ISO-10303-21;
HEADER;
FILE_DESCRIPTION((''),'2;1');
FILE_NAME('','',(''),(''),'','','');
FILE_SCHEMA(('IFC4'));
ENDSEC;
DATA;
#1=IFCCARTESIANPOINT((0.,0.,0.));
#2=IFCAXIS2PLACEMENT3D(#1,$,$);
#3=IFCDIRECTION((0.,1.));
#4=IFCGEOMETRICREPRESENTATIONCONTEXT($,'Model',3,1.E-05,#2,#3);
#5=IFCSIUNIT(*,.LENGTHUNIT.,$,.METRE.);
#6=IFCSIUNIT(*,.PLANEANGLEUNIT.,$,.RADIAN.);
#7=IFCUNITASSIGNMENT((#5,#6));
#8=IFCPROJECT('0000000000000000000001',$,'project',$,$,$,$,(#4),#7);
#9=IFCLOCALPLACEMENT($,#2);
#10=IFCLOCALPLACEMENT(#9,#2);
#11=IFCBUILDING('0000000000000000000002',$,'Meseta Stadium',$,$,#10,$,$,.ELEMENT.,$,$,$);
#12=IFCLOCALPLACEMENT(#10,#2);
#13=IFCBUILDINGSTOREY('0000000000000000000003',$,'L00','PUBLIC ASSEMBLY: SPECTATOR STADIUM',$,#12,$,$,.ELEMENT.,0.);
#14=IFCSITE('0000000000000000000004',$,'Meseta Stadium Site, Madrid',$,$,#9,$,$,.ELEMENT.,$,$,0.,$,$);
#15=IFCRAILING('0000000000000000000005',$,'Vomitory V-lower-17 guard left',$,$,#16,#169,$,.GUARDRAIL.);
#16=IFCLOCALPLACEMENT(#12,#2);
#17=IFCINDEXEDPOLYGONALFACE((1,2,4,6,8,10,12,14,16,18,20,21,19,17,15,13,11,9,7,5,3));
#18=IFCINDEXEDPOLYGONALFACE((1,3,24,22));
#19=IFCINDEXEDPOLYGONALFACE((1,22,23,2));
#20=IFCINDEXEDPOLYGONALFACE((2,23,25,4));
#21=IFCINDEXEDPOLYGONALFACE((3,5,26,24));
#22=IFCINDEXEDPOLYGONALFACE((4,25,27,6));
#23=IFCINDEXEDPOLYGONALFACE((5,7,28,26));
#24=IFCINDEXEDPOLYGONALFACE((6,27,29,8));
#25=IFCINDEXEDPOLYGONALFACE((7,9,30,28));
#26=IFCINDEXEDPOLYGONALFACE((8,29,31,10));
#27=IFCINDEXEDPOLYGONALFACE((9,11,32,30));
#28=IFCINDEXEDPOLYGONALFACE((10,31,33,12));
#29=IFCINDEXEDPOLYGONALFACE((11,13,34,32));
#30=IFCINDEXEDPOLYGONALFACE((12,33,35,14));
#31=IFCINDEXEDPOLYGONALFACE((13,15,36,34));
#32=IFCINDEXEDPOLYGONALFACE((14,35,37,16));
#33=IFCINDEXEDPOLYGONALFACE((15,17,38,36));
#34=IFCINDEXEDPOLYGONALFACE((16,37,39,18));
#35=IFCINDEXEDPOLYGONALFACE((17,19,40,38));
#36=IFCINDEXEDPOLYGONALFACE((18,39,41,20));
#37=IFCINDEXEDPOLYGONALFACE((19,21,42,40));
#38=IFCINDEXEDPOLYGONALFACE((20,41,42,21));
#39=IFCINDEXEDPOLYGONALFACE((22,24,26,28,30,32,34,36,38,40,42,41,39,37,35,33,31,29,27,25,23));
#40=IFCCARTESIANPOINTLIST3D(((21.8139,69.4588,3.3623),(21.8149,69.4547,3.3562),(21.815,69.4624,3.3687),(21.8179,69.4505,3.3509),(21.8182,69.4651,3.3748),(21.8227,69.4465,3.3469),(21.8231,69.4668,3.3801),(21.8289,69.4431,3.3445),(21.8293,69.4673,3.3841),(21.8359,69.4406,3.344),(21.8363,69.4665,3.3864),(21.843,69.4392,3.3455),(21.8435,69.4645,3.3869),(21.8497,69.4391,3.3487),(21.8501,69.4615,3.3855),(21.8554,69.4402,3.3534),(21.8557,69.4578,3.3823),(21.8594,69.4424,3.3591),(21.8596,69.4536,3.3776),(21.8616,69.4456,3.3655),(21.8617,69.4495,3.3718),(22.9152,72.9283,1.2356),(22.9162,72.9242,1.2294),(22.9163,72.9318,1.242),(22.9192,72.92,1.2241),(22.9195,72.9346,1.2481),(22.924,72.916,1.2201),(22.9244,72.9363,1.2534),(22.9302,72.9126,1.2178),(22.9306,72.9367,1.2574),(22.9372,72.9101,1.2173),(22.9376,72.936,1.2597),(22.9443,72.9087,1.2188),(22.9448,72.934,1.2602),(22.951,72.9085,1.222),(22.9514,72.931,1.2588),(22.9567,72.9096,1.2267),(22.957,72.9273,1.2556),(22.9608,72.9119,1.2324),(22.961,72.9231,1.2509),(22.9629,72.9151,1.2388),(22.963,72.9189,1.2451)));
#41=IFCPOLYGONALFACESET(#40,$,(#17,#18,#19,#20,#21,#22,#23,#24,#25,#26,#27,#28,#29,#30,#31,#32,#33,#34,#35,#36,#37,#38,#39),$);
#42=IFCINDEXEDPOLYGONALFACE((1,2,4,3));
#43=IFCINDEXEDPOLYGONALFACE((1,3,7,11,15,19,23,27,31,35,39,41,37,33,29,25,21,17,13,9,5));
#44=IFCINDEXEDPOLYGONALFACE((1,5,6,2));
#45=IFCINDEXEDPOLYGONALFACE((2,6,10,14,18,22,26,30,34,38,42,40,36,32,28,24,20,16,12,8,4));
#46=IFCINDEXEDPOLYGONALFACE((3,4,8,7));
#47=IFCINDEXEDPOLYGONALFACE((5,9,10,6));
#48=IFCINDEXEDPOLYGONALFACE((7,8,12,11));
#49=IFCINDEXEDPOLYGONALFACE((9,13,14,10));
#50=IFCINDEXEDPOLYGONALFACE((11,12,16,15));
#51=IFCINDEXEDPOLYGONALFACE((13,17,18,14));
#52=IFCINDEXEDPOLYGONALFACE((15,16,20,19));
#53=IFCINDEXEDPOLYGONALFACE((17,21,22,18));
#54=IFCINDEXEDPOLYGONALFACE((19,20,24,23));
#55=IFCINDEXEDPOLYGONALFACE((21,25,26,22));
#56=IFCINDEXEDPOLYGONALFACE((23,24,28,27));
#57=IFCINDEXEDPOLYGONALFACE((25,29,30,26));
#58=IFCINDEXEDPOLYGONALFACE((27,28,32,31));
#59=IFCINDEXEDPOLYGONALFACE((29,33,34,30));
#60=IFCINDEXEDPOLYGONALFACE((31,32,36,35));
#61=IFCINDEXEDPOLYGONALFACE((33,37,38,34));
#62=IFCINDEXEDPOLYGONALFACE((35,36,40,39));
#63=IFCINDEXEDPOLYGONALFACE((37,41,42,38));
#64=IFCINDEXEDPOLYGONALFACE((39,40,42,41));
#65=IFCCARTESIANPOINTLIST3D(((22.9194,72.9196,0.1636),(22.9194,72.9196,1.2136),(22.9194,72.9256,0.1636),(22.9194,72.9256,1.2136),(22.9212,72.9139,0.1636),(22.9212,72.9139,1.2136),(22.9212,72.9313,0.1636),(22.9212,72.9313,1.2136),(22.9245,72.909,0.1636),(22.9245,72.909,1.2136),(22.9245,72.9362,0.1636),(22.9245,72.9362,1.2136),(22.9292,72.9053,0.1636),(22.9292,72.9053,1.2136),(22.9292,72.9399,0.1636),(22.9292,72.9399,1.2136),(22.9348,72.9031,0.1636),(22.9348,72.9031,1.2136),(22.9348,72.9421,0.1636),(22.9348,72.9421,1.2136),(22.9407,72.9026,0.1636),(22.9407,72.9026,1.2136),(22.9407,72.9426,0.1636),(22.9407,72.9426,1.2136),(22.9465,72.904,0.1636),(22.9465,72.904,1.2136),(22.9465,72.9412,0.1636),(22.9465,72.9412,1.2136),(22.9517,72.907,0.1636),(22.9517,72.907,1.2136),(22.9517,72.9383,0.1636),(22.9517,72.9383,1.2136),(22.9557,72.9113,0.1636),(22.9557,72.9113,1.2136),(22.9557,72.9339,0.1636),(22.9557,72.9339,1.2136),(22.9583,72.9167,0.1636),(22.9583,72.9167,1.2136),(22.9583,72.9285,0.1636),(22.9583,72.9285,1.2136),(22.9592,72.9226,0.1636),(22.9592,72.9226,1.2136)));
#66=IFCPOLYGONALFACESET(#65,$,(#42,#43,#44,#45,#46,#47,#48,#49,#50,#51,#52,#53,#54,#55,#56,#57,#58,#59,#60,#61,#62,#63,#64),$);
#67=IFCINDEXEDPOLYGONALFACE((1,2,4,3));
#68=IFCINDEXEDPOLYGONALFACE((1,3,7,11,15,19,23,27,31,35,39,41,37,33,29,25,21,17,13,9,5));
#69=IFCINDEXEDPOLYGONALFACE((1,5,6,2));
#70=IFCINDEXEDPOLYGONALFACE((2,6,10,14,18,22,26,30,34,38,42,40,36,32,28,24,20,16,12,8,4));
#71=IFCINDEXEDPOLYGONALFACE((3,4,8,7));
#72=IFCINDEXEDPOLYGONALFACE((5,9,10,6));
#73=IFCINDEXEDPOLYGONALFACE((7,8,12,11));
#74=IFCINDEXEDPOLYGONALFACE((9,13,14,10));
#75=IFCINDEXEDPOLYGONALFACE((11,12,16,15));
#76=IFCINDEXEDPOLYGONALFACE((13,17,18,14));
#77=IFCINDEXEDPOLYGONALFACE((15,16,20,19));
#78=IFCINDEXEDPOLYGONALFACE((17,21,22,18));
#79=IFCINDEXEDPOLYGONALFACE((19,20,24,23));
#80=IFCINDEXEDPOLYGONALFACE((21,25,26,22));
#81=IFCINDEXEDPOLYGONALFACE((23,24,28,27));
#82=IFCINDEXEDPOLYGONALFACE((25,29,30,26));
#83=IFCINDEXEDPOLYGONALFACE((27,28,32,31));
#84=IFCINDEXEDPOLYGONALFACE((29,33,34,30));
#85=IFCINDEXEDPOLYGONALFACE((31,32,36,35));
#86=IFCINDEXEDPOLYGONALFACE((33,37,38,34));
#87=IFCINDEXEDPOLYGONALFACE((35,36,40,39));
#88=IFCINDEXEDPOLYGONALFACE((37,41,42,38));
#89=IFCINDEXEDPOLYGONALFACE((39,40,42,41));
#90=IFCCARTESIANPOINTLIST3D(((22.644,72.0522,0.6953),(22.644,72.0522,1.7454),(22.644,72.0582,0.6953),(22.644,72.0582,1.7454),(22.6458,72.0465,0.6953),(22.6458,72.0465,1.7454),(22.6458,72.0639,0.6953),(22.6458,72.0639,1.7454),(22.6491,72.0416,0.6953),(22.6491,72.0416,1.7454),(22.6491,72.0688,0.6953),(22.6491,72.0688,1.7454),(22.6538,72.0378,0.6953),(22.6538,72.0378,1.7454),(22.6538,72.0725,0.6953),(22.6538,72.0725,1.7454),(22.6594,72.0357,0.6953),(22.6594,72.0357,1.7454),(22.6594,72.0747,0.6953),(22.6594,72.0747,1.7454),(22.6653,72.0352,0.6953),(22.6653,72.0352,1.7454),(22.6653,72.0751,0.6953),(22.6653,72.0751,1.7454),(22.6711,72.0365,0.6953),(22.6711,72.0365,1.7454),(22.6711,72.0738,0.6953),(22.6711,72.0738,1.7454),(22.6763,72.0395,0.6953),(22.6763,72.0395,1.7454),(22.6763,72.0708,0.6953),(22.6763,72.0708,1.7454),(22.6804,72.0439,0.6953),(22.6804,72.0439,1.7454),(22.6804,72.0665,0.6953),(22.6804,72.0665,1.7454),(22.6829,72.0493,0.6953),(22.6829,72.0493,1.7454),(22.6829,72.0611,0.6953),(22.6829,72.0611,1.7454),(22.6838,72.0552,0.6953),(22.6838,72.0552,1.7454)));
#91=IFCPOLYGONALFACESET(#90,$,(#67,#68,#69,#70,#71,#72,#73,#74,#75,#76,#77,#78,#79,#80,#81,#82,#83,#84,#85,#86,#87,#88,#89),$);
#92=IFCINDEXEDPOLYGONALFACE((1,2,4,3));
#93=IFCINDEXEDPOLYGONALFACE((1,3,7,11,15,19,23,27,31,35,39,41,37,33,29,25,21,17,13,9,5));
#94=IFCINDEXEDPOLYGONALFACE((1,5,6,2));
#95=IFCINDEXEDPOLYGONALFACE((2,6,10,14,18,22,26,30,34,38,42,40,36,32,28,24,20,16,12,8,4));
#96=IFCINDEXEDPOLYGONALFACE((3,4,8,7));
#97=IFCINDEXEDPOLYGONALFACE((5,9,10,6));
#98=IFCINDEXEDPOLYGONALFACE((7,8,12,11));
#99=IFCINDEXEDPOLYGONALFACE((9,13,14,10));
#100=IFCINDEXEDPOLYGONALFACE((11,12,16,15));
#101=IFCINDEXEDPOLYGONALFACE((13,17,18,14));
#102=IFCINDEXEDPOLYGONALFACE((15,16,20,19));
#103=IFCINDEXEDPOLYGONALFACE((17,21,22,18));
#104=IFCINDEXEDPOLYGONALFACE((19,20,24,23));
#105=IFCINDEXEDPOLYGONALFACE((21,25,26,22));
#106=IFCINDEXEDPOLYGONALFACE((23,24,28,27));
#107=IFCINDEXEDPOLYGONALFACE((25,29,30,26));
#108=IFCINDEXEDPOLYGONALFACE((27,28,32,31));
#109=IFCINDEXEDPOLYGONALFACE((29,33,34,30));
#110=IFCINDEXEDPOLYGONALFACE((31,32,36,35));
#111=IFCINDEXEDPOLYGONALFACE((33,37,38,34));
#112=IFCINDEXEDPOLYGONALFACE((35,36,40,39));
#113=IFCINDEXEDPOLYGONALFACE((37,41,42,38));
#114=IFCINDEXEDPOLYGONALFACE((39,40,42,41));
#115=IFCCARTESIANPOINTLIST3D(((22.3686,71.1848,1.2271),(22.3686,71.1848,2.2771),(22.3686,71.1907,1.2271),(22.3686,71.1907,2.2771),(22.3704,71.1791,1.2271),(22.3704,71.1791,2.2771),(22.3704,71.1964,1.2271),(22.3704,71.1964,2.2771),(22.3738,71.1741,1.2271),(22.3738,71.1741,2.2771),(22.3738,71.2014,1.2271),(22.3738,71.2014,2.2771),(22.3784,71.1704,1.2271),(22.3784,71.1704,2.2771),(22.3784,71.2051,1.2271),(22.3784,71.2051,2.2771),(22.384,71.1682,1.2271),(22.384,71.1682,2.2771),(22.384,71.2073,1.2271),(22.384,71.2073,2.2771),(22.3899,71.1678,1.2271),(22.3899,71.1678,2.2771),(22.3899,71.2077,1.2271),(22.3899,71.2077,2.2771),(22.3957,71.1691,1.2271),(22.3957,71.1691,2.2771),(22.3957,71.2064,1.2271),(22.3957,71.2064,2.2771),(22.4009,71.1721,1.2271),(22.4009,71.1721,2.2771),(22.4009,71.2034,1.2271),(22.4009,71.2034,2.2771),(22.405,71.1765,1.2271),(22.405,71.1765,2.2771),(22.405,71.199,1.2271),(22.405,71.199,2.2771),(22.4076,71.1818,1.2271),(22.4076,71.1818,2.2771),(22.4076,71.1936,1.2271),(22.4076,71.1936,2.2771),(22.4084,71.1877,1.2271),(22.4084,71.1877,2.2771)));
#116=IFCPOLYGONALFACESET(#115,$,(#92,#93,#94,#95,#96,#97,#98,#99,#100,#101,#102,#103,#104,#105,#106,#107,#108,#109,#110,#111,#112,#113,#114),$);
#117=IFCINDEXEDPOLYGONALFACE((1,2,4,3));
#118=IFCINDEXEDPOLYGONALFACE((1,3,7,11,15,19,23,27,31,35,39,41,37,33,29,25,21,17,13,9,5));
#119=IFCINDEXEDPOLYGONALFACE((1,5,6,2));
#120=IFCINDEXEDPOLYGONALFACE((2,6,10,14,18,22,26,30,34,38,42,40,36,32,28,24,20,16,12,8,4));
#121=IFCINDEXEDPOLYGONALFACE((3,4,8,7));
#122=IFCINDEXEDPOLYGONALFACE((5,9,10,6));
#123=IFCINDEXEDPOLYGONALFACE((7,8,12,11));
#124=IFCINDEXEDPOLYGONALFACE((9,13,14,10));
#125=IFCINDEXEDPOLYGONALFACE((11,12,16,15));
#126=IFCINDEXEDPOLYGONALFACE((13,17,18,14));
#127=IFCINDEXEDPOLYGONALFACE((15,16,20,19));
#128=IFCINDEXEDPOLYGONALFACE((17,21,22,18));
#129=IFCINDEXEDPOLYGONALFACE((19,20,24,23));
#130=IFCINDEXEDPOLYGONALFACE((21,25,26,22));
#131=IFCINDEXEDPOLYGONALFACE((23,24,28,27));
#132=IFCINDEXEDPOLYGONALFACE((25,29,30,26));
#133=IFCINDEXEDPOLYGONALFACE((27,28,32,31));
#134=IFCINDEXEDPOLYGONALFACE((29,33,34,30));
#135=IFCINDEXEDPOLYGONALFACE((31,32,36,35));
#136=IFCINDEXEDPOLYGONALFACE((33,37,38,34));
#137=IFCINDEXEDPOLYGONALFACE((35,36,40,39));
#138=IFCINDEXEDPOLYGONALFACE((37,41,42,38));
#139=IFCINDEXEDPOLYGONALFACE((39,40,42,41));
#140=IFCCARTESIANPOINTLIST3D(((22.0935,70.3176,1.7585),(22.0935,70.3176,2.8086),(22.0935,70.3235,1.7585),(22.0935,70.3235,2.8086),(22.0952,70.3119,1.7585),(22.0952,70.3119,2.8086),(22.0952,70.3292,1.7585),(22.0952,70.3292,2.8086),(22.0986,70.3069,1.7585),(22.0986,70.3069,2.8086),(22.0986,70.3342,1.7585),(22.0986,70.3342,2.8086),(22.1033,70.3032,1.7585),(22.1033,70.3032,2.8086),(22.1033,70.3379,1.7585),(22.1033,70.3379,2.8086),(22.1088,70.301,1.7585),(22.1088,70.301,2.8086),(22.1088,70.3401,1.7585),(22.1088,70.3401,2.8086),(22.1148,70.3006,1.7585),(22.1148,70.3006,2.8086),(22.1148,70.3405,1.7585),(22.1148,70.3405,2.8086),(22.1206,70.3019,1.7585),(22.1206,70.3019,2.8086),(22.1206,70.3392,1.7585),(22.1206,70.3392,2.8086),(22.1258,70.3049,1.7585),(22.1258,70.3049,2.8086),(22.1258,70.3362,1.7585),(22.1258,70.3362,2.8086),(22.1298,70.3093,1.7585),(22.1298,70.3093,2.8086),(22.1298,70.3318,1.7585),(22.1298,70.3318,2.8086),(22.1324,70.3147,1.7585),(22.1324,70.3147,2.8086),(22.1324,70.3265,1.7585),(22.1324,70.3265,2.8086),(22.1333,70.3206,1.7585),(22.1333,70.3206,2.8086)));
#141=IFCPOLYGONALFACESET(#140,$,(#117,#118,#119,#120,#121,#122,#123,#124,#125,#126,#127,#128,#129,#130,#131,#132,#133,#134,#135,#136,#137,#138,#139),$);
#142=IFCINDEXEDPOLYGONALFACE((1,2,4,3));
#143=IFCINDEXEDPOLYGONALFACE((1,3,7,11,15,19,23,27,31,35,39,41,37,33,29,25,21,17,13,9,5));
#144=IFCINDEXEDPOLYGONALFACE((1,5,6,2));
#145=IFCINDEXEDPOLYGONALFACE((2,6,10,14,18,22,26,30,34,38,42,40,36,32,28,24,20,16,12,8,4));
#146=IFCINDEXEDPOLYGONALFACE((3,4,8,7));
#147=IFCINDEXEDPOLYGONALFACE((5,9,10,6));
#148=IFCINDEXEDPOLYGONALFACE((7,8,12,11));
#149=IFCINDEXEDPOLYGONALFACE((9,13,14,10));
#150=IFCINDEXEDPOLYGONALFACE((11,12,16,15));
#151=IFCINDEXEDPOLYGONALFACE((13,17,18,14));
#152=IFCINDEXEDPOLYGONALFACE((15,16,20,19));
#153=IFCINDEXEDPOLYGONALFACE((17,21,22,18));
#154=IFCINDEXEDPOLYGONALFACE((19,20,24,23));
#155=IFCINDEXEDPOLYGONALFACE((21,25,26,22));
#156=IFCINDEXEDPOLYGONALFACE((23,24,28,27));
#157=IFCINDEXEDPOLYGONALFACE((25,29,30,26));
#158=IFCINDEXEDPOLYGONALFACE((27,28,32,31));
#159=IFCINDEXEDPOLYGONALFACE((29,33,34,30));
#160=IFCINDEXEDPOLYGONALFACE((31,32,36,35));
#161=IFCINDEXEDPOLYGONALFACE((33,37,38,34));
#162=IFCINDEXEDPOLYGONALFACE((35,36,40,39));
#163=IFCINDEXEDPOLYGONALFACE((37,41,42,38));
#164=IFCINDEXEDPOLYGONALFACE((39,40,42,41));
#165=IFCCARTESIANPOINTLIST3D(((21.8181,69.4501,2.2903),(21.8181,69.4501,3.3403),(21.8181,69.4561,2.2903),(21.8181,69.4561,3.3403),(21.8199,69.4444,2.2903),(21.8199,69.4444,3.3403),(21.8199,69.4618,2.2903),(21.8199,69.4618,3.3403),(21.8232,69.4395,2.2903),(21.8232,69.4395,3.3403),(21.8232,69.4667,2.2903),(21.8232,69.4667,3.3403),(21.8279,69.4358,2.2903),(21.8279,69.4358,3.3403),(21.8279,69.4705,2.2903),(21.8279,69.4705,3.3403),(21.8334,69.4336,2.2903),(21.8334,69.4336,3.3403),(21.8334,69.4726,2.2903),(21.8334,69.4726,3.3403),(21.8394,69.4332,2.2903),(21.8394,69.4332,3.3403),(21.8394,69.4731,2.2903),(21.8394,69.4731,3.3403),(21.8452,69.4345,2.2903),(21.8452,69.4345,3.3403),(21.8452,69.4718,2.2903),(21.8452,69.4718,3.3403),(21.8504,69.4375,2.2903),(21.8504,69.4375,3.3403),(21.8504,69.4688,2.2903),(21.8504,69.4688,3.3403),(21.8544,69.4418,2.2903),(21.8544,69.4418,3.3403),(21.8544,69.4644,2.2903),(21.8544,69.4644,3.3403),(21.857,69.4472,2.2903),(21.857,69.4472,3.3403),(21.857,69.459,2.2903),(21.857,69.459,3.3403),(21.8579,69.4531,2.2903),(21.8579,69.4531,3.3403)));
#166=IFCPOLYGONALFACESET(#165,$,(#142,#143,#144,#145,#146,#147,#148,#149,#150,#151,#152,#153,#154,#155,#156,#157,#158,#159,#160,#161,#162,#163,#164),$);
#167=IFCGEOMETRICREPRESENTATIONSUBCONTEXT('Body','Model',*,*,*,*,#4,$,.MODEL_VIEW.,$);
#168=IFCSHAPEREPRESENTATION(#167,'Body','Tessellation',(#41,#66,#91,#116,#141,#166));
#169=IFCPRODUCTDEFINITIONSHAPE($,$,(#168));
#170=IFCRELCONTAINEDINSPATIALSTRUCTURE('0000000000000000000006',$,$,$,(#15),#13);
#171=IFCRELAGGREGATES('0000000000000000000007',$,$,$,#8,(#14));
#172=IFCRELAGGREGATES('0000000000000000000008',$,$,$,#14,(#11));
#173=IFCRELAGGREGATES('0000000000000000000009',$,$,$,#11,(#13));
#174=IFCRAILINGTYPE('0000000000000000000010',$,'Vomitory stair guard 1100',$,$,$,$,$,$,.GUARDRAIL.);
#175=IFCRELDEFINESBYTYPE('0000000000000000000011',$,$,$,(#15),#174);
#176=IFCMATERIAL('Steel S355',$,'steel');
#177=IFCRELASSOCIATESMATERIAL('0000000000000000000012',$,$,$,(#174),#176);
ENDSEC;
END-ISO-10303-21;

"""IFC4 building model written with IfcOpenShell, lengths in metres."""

from ifc_helpers import new_model, si_unit, direction, frame, origin, origin_2d, place, context, subcontext, project, spatial, circle, extrude, material, type_object, element, save


model = new_model("IFC4")

# Units and contexts
model_context = context("Model", 3, precision=1e-05, world=origin(), true_north=direction((0.0, 1.0)))
body_context = subcontext(model_context, "Body", "Model", "MODEL_VIEW")
ifc_project = project(units=[si_unit("LENGTHUNIT", "METRE"), si_unit("PLANEANGLEUNIT", "RADIAN")], contexts=[model_context])

# Site, building, storey
site_placement = place(None, origin())
site = spatial("IfcSite", under=ifc_project, at=site_placement, Name="Meseta Stadium Site, Madrid", CompositionType="ELEMENT", RefElevation=0.0)
building_placement = place(site_placement, origin())
building = spatial("IfcBuilding", under=site, at=building_placement, Name="Meseta Stadium", CompositionType="ELEMENT")
storey_placement = place(building_placement, origin())
storey = spatial("IfcBuildingStorey", under=building, at=storey_placement, Name="L00", Description="PUBLIC ASSEMBLY: SPECTATOR STADIUM", CompositionType="ELEMENT", Elevation=0.0)

# Railing
ifc_material_1 = material(Name="Steel S355", Category="steel")
railing_type_1 = type_object("IfcRailingType", Name="Vomitory stair guard 1100", PredefinedType="GUARDRAIL", material=ifc_material_1)
railing_1_placement = place(storey_placement, frame((22.9392, 72.9226, 0.1636)))
element("IfcRailing", 1, at=railing_1_placement, inside=storey, type_object=railing_type_1, Name="Vomitory V-lower-17 guard left", PredefinedType="GUARDRAIL", context=body_context, shape_type="SweptSolid", body=[
    extrude(circle(Radius=0.0249, at=origin_2d()), frame((0.0, 0.0, 1.0752), z_axis=(-0.261235, -0.822968, 0.50446), x_axis=(0.953133, -0.302553, 0.0)), (0.0, 0.0, 1.0), 4.2158),
    extrude(circle(Radius=0.02, at=origin_2d()), origin(), (0.0, 0.0, 1.0), 1.05),
    extrude(circle(Radius=0.02, at=origin_2d()), frame((-0.2754, -0.8674, 0.5317)), (0.0, 0.0, 1.0), 1.05),
    extrude(circle(Radius=0.02, at=origin_2d()), frame((-0.5508, -1.7349, 1.0635)), (0.0, 0.0, 1.0), 1.05),
    extrude(circle(Radius=0.02, at=origin_2d()), frame((-0.8259, -2.6021, 1.595)), (0.0, 0.0, 1.0), 1.05),
    extrude(circle(Radius=0.02, at=origin_2d()), frame((-1.1013, -3.4695, 2.1267)), (0.0, 0.0, 1.0), 1.05),
])

save(model, "model.ifc")
